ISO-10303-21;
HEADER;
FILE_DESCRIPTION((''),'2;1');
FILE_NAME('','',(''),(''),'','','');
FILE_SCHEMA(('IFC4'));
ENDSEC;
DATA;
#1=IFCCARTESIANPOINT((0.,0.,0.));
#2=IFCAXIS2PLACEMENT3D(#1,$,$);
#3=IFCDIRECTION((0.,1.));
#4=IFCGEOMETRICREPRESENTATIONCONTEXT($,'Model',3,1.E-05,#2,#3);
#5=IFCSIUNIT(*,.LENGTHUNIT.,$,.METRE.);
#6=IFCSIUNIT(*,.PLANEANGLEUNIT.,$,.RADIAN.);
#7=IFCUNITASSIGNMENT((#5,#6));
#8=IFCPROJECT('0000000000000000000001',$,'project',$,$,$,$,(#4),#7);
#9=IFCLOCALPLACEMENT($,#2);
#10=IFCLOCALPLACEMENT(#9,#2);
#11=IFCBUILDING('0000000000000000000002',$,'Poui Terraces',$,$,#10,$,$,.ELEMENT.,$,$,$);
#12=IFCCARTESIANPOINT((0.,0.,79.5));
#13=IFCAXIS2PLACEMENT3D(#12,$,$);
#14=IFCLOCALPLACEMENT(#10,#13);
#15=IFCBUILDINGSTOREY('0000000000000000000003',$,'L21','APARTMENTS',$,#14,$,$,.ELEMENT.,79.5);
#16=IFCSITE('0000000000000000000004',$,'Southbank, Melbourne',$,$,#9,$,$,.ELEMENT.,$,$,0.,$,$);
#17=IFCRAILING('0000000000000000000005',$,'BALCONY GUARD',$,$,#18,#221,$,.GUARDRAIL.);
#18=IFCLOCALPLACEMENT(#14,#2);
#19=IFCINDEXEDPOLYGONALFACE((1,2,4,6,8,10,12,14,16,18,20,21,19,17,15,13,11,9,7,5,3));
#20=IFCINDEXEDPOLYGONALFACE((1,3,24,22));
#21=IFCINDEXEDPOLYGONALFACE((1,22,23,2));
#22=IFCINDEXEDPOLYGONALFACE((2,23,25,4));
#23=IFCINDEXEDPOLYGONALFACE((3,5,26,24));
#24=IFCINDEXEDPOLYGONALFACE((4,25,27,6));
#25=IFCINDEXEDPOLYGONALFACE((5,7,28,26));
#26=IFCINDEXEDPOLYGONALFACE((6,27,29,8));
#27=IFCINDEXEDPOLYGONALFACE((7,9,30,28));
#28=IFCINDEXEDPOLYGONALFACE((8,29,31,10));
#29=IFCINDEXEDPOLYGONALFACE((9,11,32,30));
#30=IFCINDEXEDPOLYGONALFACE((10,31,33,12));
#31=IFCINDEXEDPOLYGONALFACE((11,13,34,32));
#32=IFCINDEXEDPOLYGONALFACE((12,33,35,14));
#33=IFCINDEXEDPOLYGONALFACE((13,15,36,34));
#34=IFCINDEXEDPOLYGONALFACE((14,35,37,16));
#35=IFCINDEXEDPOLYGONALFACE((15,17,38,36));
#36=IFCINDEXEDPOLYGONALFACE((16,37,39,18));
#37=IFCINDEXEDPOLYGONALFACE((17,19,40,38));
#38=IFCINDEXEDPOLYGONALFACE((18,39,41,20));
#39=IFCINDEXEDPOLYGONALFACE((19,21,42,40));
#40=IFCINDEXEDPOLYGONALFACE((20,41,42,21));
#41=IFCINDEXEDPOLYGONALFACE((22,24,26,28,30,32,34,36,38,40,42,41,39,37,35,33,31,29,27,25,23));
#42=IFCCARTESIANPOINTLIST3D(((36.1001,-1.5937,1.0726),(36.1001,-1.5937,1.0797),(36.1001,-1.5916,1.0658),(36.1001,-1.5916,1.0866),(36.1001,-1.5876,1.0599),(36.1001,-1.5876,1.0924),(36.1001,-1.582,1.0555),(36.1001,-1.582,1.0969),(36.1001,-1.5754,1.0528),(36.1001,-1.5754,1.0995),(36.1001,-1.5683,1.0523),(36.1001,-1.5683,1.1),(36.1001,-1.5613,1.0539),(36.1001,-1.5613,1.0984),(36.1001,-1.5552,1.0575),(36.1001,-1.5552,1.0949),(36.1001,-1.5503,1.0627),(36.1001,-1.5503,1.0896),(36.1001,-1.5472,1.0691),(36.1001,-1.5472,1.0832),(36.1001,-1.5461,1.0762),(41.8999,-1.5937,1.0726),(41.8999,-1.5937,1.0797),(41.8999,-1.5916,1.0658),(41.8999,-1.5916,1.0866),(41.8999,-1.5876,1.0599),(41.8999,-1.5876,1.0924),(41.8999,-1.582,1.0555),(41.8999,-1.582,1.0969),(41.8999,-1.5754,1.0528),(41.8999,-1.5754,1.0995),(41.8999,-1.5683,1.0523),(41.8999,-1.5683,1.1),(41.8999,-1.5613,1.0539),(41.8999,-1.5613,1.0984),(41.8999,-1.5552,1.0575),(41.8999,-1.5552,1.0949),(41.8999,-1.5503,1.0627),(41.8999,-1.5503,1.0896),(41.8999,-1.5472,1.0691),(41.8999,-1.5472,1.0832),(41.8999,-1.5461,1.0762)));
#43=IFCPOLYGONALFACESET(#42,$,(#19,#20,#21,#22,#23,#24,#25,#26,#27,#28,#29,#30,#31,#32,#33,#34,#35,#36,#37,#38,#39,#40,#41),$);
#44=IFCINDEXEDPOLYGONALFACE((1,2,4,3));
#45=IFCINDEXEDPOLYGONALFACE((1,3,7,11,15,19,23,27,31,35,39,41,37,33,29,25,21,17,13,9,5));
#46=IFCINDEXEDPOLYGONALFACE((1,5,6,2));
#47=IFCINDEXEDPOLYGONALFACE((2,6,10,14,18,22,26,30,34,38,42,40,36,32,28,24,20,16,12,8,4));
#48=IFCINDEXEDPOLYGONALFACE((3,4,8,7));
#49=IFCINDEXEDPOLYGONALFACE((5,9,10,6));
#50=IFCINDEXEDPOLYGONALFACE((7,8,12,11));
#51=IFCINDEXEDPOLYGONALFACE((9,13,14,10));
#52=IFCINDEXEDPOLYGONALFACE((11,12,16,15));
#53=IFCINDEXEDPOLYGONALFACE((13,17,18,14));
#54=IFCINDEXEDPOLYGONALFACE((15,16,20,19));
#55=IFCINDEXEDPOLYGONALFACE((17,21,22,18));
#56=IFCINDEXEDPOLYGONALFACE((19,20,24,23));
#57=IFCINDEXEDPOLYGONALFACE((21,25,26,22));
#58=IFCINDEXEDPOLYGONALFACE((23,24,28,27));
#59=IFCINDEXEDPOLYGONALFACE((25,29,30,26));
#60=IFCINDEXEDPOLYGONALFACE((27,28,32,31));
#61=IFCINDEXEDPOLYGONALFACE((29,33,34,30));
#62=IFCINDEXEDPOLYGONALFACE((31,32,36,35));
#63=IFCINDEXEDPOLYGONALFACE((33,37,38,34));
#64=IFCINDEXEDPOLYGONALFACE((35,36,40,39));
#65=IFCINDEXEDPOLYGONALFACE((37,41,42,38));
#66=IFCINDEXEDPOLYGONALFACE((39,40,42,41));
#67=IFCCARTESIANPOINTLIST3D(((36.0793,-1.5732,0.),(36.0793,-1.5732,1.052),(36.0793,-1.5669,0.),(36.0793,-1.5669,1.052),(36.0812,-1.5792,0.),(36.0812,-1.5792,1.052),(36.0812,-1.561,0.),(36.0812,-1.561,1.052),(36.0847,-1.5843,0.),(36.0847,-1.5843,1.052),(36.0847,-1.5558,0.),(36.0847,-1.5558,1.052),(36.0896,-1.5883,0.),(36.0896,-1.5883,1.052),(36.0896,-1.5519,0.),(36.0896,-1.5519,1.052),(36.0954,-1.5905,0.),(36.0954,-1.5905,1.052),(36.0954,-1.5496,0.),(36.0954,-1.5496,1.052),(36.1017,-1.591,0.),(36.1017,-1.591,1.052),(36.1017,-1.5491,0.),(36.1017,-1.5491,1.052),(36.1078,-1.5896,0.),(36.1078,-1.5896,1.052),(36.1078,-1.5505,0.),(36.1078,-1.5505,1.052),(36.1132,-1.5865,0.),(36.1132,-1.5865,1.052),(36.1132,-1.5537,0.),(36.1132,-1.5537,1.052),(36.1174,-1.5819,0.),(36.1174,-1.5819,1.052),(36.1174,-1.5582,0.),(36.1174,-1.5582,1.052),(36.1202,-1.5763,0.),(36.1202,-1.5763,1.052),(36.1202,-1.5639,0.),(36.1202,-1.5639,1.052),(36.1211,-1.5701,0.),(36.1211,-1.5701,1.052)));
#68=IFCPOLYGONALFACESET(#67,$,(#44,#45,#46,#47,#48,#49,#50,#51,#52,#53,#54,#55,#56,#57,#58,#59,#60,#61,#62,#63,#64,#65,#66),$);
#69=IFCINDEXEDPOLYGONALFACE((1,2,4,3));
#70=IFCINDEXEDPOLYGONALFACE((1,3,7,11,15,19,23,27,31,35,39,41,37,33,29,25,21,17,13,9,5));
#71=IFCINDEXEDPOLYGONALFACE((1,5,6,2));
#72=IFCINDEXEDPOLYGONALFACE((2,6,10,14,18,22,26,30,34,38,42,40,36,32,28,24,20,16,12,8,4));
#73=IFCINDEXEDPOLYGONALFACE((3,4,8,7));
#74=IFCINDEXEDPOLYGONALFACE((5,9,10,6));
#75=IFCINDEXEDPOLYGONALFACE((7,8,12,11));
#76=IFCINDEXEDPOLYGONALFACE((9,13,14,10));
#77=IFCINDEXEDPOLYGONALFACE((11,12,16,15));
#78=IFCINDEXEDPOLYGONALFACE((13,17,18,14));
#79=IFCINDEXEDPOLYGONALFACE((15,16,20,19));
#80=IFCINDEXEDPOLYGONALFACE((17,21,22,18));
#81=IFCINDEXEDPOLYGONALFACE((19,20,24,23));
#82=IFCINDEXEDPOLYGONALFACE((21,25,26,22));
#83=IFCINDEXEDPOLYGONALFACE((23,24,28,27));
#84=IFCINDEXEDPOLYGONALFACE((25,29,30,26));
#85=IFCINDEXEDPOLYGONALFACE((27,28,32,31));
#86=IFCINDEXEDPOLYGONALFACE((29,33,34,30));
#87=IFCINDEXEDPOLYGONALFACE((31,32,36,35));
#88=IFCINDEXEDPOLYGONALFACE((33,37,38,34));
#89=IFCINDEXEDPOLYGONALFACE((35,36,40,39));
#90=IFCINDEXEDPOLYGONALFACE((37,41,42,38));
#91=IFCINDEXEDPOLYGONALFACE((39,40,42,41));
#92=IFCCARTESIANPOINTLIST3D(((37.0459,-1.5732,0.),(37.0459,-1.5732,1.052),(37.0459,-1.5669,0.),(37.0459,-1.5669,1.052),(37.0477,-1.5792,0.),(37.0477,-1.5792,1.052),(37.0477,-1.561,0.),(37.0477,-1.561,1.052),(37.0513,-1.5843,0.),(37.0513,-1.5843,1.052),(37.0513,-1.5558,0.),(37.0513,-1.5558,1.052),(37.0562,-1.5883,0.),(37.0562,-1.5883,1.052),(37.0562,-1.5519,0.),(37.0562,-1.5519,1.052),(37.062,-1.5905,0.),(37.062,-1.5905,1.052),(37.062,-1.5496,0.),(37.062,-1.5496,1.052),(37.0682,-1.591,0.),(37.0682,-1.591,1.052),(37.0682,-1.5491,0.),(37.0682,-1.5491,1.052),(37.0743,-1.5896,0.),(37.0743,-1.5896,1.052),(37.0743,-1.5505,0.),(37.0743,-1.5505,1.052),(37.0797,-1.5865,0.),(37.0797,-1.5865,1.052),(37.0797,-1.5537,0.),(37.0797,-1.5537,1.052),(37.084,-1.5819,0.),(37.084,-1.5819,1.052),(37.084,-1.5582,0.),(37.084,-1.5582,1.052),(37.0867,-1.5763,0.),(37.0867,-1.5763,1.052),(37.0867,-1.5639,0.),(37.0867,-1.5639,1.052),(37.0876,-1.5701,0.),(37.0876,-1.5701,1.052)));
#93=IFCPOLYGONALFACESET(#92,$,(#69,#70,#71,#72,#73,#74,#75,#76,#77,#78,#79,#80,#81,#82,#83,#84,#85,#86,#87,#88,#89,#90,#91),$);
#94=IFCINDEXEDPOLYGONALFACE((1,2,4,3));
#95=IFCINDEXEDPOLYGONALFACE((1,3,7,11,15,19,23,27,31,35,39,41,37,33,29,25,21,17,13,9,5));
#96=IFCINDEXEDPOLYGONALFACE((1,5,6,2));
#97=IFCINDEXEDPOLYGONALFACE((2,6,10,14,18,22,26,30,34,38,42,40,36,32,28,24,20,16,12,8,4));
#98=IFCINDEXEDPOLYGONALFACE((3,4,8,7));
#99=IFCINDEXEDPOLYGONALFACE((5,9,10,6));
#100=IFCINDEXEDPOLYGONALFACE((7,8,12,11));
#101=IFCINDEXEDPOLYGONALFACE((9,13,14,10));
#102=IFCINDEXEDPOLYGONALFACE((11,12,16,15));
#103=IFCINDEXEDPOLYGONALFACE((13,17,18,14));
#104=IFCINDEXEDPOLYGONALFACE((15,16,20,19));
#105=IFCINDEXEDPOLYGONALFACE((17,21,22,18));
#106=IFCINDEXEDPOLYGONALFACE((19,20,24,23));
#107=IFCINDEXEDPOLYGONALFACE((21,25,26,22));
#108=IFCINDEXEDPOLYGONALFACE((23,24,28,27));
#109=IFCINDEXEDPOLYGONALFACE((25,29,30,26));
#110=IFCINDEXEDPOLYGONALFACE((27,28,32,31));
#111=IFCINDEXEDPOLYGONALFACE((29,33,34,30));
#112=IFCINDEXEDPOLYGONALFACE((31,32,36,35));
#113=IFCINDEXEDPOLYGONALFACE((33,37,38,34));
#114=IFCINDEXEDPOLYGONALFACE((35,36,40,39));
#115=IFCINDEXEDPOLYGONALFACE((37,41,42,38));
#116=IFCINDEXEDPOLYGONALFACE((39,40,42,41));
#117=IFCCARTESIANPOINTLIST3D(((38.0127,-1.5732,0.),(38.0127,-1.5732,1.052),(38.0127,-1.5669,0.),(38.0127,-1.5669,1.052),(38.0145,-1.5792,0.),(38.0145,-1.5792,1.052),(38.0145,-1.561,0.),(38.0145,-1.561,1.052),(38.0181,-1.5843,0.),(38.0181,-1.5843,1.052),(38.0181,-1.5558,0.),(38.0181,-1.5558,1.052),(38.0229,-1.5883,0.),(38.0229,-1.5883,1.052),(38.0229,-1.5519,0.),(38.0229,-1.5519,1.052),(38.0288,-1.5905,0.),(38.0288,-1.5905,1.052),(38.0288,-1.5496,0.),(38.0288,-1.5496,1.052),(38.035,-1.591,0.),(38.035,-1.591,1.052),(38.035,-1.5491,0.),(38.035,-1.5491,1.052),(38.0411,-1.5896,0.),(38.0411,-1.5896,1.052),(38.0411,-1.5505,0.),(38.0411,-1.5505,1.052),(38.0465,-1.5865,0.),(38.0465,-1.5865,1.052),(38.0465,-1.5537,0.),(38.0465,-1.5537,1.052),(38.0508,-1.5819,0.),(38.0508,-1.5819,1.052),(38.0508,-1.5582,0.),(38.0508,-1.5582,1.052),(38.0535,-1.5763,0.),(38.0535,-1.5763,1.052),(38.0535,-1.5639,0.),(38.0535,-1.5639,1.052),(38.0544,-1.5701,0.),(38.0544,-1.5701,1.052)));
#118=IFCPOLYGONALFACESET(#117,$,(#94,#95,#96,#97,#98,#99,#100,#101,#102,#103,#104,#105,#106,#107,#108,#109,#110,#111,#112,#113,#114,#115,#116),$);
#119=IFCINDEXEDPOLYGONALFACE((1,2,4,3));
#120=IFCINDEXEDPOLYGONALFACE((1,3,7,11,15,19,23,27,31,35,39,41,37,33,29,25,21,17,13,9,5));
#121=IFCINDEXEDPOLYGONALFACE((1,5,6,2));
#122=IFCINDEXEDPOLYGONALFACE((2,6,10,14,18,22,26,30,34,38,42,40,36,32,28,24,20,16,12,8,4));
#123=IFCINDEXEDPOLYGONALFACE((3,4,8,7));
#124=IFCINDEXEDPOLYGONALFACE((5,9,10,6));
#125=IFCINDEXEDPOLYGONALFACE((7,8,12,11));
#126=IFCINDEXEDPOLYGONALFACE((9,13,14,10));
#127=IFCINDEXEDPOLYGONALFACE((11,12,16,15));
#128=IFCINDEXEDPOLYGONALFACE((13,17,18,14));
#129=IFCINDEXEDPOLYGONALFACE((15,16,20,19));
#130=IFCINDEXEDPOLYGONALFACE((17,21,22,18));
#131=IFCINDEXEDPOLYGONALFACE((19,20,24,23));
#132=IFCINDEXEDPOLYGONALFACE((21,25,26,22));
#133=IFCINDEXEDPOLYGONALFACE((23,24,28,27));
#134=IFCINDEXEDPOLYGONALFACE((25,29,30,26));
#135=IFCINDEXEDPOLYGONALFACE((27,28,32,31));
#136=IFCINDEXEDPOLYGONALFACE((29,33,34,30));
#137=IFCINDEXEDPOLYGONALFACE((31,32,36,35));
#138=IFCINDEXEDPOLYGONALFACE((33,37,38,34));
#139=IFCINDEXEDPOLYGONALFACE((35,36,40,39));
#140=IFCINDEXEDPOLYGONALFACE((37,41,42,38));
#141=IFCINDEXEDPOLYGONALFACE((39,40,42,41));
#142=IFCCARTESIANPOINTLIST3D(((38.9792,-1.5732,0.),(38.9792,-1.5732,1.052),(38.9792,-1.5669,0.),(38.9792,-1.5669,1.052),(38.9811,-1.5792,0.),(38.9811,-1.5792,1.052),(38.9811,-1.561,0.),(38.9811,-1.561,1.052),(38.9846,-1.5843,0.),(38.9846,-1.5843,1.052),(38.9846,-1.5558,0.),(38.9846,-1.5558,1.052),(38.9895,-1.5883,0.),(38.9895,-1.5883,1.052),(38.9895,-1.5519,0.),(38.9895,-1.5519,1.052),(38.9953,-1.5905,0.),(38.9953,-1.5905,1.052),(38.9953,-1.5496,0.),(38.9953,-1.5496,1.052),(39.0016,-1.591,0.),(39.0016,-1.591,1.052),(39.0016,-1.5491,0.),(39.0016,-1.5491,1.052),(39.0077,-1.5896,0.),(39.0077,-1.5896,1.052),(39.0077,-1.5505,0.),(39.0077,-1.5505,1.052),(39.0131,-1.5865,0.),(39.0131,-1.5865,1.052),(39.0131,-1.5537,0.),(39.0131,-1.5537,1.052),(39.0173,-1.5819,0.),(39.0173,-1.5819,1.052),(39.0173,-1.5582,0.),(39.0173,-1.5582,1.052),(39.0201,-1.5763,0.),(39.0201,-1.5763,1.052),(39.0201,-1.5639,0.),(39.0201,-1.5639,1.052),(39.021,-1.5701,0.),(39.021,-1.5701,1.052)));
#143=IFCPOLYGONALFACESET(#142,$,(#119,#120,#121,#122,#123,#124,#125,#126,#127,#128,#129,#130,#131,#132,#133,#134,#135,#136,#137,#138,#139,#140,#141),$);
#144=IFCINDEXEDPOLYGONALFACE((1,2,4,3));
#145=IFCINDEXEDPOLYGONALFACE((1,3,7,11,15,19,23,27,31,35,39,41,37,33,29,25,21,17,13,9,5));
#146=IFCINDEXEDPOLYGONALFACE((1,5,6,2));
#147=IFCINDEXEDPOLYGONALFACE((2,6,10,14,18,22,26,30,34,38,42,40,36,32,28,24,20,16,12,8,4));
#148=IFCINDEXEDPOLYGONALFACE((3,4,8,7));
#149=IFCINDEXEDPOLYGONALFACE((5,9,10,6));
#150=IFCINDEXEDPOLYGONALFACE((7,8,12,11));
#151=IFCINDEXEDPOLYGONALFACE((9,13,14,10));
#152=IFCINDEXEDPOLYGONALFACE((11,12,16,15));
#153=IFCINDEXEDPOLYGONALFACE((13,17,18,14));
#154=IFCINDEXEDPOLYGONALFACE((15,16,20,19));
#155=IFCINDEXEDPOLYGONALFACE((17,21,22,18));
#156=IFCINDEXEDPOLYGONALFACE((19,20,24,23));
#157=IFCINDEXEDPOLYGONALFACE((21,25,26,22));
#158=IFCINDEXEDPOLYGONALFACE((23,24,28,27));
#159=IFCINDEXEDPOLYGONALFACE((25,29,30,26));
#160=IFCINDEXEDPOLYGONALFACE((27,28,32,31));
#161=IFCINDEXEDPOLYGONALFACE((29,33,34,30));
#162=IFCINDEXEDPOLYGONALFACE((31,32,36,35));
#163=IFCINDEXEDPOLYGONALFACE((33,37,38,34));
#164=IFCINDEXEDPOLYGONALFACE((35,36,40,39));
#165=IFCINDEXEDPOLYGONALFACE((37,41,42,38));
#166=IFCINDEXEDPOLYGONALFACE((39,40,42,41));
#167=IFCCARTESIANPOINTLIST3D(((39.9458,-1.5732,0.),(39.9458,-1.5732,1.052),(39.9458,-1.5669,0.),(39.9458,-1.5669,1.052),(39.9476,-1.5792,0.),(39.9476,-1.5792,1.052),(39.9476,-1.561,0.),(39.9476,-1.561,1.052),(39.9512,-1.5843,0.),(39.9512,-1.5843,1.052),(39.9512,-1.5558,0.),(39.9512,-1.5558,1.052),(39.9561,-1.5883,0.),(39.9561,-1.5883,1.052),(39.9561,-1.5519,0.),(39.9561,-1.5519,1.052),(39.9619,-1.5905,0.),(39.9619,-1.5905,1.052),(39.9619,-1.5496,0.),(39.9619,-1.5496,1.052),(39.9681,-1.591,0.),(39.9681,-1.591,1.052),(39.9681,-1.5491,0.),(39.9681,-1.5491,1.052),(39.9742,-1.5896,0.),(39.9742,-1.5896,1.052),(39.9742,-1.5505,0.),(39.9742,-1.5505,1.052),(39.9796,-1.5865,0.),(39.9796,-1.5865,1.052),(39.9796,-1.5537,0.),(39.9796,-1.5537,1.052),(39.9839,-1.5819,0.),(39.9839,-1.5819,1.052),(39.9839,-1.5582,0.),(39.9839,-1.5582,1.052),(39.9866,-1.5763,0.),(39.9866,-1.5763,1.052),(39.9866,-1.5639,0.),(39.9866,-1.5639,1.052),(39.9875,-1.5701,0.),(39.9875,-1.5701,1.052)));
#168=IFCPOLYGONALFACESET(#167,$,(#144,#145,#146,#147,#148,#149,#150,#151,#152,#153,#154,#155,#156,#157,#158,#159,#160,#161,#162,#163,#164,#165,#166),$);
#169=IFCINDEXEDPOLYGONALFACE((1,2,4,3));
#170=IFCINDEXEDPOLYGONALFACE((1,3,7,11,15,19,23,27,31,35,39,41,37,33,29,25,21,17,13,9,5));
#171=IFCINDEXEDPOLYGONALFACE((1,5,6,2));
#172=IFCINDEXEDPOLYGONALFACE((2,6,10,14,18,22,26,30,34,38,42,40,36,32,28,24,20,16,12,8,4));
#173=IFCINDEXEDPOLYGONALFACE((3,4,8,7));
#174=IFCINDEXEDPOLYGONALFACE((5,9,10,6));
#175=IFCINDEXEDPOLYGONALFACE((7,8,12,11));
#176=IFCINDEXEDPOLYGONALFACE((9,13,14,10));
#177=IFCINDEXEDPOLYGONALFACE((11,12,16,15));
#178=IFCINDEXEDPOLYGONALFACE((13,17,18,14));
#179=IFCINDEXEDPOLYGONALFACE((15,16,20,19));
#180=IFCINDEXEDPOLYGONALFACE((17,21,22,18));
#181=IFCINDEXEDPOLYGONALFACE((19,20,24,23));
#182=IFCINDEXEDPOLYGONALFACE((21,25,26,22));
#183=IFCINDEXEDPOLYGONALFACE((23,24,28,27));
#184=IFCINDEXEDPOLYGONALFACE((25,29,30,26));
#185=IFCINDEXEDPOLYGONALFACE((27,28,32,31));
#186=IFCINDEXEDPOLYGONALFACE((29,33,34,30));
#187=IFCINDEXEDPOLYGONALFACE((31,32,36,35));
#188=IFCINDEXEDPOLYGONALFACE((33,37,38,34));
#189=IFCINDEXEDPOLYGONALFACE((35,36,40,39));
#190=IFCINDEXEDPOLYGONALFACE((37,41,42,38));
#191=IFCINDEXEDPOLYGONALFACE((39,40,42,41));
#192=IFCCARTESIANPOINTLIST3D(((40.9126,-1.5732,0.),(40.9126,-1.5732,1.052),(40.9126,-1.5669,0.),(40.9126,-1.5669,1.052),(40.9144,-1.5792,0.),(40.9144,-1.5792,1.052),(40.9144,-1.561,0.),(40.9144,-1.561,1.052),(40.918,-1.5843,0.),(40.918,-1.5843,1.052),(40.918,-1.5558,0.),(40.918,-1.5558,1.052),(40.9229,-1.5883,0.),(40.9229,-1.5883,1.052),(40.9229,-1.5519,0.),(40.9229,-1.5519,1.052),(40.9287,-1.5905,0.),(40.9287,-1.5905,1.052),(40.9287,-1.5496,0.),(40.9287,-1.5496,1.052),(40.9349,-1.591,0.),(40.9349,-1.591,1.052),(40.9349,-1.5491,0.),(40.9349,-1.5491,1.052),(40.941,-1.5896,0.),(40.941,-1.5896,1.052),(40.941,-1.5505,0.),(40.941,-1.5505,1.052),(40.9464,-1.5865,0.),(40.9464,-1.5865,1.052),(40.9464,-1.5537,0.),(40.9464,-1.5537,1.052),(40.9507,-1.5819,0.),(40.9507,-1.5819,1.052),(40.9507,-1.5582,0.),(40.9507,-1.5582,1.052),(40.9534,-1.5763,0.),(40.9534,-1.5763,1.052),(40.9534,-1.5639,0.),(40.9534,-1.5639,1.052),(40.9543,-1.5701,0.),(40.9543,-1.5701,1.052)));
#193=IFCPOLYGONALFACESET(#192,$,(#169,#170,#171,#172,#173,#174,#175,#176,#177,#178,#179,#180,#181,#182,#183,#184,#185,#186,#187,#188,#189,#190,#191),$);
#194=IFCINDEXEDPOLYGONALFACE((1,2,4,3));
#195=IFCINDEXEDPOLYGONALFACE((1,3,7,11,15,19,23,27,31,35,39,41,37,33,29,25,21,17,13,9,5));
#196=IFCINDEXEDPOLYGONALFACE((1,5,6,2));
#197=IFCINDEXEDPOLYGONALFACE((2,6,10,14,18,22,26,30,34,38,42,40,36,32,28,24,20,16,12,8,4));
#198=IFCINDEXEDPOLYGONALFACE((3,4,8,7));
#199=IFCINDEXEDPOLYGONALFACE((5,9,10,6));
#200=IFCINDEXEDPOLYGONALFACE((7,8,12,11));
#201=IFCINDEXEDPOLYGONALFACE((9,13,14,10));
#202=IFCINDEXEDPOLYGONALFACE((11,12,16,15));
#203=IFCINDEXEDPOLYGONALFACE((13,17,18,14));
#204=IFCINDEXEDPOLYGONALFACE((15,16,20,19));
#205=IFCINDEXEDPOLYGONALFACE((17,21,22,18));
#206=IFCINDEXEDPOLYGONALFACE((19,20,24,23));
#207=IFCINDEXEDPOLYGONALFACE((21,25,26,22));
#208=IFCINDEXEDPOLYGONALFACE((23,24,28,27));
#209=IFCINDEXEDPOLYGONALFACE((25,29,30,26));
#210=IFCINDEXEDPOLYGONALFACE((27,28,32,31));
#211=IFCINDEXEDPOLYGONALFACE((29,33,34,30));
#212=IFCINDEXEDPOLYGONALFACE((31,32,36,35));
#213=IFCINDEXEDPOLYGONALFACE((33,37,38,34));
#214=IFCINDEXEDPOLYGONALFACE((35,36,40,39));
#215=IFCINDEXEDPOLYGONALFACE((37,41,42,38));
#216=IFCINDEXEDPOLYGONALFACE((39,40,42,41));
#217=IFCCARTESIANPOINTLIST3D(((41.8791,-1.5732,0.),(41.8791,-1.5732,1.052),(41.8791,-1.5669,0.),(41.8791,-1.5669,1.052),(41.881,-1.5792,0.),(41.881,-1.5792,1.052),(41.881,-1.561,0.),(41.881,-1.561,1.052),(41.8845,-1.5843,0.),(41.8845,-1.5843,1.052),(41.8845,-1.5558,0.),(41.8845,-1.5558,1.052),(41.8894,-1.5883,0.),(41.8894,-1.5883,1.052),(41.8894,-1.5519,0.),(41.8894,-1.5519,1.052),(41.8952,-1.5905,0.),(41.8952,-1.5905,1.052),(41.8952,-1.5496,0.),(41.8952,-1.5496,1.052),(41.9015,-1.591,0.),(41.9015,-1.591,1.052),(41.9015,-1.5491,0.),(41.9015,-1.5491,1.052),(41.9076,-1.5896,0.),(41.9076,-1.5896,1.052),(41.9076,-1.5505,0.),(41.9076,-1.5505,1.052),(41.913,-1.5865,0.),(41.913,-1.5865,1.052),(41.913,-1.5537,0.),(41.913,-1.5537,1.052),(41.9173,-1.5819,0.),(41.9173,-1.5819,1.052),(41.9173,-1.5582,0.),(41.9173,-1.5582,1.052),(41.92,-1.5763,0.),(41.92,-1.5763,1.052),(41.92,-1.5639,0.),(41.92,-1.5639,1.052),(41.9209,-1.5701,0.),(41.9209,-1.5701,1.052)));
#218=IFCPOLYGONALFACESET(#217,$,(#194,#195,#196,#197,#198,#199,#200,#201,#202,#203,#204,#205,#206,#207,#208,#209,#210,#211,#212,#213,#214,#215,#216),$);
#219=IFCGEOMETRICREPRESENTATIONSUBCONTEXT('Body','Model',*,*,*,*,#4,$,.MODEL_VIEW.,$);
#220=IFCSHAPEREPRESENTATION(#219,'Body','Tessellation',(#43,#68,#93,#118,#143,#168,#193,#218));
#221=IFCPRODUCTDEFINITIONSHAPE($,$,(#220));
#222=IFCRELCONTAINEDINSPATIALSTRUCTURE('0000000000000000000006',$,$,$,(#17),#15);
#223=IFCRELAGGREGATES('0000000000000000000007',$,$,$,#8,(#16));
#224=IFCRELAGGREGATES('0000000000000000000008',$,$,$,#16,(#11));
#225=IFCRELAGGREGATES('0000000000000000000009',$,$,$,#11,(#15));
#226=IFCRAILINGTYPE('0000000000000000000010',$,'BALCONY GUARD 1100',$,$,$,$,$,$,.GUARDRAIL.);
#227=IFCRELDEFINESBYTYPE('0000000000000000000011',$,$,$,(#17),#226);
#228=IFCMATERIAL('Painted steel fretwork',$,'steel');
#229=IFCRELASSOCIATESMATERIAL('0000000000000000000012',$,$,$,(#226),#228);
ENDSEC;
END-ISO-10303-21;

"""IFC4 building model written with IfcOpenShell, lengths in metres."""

from ifc_helpers import new_model, si_unit, direction, frame, origin, origin_2d, place, context, subcontext, project, spatial, circle, extrude, material, type_object, element, save


model = new_model("IFC4")

# Units and contexts
model_context = context("Model", 3, precision=1e-05, world=origin(), true_north=direction((0.0, 1.0)))
body_context = subcontext(model_context, "Body", "Model", "MODEL_VIEW")
ifc_project = project(units=[si_unit("LENGTHUNIT", "METRE"), si_unit("PLANEANGLEUNIT", "RADIAN")], contexts=[model_context])

# Site, building, storey
site_placement = place(None, origin())
site = spatial("IfcSite", under=ifc_project, at=site_placement, Name="Southbank, Melbourne", CompositionType="ELEMENT", RefElevation=0.0)
building_placement = place(site_placement, origin())
building = spatial("IfcBuilding", under=site, at=building_placement, Name="Poui Terraces", CompositionType="ELEMENT")
storey_placement = place(building_placement, frame((0.0, 0.0, 79.5)))
storey = spatial("IfcBuildingStorey", under=building, at=storey_placement, Name="L21", Description="APARTMENTS", CompositionType="ELEMENT", Elevation=79.5)

# Railing
ifc_material_1 = material(Name="Painted steel fretwork", Category="steel")
railing_type = type_object("IfcRailingType", Name="BALCONY GUARD 1100", PredefinedType="GUARDRAIL", material=ifc_material_1)
railing_placement = place(storey_placement, frame((36.1001, -1.5701, 0.0)))
element("IfcRailing", 1, at=railing_placement, inside=storey, type_object=railing_type, Name="BALCONY GUARD", PredefinedType="GUARDRAIL", context=body_context, shape_type="SweptSolid", body=[
    extrude(circle(Radius=0.0239, at=origin_2d()), frame((0.0, 0.0, 1.0762), z_axis=(1.0, 0.0, 0.0), x_axis=(0.0, 1.0, 0.0)), (0.0, 0.0, 1.0), 5.7998),
    extrude(circle(Radius=0.021, at=origin_2d()), origin(), (0.0, 0.0, 1.0), 1.052),
    extrude(circle(Radius=0.021, at=origin_2d()), frame((0.9666, 0.0, 0.0)), (0.0, 0.0, 1.0), 1.052),
    extrude(circle(Radius=0.021, at=origin_2d()), frame((1.9333, 0.0, 0.0)), (0.0, 0.0, 1.0), 1.052),
    extrude(circle(Radius=0.021, at=origin_2d()), frame((2.8999, 0.0, 0.0)), (0.0, 0.0, 1.0), 1.052),
    extrude(circle(Radius=0.021, at=origin_2d()), frame((3.8665, 0.0, 0.0)), (0.0, 0.0, 1.0), 1.052),
    extrude(circle(Radius=0.021, at=origin_2d()), frame((4.8333, 0.0, 0.0)), (0.0, 0.0, 1.0), 1.052),
    extrude(circle(Radius=0.021, at=origin_2d()), frame((5.7998, 0.0, 0.0)), (0.0, 0.0, 1.0), 1.052),
])

save(model, "model.ifc")
